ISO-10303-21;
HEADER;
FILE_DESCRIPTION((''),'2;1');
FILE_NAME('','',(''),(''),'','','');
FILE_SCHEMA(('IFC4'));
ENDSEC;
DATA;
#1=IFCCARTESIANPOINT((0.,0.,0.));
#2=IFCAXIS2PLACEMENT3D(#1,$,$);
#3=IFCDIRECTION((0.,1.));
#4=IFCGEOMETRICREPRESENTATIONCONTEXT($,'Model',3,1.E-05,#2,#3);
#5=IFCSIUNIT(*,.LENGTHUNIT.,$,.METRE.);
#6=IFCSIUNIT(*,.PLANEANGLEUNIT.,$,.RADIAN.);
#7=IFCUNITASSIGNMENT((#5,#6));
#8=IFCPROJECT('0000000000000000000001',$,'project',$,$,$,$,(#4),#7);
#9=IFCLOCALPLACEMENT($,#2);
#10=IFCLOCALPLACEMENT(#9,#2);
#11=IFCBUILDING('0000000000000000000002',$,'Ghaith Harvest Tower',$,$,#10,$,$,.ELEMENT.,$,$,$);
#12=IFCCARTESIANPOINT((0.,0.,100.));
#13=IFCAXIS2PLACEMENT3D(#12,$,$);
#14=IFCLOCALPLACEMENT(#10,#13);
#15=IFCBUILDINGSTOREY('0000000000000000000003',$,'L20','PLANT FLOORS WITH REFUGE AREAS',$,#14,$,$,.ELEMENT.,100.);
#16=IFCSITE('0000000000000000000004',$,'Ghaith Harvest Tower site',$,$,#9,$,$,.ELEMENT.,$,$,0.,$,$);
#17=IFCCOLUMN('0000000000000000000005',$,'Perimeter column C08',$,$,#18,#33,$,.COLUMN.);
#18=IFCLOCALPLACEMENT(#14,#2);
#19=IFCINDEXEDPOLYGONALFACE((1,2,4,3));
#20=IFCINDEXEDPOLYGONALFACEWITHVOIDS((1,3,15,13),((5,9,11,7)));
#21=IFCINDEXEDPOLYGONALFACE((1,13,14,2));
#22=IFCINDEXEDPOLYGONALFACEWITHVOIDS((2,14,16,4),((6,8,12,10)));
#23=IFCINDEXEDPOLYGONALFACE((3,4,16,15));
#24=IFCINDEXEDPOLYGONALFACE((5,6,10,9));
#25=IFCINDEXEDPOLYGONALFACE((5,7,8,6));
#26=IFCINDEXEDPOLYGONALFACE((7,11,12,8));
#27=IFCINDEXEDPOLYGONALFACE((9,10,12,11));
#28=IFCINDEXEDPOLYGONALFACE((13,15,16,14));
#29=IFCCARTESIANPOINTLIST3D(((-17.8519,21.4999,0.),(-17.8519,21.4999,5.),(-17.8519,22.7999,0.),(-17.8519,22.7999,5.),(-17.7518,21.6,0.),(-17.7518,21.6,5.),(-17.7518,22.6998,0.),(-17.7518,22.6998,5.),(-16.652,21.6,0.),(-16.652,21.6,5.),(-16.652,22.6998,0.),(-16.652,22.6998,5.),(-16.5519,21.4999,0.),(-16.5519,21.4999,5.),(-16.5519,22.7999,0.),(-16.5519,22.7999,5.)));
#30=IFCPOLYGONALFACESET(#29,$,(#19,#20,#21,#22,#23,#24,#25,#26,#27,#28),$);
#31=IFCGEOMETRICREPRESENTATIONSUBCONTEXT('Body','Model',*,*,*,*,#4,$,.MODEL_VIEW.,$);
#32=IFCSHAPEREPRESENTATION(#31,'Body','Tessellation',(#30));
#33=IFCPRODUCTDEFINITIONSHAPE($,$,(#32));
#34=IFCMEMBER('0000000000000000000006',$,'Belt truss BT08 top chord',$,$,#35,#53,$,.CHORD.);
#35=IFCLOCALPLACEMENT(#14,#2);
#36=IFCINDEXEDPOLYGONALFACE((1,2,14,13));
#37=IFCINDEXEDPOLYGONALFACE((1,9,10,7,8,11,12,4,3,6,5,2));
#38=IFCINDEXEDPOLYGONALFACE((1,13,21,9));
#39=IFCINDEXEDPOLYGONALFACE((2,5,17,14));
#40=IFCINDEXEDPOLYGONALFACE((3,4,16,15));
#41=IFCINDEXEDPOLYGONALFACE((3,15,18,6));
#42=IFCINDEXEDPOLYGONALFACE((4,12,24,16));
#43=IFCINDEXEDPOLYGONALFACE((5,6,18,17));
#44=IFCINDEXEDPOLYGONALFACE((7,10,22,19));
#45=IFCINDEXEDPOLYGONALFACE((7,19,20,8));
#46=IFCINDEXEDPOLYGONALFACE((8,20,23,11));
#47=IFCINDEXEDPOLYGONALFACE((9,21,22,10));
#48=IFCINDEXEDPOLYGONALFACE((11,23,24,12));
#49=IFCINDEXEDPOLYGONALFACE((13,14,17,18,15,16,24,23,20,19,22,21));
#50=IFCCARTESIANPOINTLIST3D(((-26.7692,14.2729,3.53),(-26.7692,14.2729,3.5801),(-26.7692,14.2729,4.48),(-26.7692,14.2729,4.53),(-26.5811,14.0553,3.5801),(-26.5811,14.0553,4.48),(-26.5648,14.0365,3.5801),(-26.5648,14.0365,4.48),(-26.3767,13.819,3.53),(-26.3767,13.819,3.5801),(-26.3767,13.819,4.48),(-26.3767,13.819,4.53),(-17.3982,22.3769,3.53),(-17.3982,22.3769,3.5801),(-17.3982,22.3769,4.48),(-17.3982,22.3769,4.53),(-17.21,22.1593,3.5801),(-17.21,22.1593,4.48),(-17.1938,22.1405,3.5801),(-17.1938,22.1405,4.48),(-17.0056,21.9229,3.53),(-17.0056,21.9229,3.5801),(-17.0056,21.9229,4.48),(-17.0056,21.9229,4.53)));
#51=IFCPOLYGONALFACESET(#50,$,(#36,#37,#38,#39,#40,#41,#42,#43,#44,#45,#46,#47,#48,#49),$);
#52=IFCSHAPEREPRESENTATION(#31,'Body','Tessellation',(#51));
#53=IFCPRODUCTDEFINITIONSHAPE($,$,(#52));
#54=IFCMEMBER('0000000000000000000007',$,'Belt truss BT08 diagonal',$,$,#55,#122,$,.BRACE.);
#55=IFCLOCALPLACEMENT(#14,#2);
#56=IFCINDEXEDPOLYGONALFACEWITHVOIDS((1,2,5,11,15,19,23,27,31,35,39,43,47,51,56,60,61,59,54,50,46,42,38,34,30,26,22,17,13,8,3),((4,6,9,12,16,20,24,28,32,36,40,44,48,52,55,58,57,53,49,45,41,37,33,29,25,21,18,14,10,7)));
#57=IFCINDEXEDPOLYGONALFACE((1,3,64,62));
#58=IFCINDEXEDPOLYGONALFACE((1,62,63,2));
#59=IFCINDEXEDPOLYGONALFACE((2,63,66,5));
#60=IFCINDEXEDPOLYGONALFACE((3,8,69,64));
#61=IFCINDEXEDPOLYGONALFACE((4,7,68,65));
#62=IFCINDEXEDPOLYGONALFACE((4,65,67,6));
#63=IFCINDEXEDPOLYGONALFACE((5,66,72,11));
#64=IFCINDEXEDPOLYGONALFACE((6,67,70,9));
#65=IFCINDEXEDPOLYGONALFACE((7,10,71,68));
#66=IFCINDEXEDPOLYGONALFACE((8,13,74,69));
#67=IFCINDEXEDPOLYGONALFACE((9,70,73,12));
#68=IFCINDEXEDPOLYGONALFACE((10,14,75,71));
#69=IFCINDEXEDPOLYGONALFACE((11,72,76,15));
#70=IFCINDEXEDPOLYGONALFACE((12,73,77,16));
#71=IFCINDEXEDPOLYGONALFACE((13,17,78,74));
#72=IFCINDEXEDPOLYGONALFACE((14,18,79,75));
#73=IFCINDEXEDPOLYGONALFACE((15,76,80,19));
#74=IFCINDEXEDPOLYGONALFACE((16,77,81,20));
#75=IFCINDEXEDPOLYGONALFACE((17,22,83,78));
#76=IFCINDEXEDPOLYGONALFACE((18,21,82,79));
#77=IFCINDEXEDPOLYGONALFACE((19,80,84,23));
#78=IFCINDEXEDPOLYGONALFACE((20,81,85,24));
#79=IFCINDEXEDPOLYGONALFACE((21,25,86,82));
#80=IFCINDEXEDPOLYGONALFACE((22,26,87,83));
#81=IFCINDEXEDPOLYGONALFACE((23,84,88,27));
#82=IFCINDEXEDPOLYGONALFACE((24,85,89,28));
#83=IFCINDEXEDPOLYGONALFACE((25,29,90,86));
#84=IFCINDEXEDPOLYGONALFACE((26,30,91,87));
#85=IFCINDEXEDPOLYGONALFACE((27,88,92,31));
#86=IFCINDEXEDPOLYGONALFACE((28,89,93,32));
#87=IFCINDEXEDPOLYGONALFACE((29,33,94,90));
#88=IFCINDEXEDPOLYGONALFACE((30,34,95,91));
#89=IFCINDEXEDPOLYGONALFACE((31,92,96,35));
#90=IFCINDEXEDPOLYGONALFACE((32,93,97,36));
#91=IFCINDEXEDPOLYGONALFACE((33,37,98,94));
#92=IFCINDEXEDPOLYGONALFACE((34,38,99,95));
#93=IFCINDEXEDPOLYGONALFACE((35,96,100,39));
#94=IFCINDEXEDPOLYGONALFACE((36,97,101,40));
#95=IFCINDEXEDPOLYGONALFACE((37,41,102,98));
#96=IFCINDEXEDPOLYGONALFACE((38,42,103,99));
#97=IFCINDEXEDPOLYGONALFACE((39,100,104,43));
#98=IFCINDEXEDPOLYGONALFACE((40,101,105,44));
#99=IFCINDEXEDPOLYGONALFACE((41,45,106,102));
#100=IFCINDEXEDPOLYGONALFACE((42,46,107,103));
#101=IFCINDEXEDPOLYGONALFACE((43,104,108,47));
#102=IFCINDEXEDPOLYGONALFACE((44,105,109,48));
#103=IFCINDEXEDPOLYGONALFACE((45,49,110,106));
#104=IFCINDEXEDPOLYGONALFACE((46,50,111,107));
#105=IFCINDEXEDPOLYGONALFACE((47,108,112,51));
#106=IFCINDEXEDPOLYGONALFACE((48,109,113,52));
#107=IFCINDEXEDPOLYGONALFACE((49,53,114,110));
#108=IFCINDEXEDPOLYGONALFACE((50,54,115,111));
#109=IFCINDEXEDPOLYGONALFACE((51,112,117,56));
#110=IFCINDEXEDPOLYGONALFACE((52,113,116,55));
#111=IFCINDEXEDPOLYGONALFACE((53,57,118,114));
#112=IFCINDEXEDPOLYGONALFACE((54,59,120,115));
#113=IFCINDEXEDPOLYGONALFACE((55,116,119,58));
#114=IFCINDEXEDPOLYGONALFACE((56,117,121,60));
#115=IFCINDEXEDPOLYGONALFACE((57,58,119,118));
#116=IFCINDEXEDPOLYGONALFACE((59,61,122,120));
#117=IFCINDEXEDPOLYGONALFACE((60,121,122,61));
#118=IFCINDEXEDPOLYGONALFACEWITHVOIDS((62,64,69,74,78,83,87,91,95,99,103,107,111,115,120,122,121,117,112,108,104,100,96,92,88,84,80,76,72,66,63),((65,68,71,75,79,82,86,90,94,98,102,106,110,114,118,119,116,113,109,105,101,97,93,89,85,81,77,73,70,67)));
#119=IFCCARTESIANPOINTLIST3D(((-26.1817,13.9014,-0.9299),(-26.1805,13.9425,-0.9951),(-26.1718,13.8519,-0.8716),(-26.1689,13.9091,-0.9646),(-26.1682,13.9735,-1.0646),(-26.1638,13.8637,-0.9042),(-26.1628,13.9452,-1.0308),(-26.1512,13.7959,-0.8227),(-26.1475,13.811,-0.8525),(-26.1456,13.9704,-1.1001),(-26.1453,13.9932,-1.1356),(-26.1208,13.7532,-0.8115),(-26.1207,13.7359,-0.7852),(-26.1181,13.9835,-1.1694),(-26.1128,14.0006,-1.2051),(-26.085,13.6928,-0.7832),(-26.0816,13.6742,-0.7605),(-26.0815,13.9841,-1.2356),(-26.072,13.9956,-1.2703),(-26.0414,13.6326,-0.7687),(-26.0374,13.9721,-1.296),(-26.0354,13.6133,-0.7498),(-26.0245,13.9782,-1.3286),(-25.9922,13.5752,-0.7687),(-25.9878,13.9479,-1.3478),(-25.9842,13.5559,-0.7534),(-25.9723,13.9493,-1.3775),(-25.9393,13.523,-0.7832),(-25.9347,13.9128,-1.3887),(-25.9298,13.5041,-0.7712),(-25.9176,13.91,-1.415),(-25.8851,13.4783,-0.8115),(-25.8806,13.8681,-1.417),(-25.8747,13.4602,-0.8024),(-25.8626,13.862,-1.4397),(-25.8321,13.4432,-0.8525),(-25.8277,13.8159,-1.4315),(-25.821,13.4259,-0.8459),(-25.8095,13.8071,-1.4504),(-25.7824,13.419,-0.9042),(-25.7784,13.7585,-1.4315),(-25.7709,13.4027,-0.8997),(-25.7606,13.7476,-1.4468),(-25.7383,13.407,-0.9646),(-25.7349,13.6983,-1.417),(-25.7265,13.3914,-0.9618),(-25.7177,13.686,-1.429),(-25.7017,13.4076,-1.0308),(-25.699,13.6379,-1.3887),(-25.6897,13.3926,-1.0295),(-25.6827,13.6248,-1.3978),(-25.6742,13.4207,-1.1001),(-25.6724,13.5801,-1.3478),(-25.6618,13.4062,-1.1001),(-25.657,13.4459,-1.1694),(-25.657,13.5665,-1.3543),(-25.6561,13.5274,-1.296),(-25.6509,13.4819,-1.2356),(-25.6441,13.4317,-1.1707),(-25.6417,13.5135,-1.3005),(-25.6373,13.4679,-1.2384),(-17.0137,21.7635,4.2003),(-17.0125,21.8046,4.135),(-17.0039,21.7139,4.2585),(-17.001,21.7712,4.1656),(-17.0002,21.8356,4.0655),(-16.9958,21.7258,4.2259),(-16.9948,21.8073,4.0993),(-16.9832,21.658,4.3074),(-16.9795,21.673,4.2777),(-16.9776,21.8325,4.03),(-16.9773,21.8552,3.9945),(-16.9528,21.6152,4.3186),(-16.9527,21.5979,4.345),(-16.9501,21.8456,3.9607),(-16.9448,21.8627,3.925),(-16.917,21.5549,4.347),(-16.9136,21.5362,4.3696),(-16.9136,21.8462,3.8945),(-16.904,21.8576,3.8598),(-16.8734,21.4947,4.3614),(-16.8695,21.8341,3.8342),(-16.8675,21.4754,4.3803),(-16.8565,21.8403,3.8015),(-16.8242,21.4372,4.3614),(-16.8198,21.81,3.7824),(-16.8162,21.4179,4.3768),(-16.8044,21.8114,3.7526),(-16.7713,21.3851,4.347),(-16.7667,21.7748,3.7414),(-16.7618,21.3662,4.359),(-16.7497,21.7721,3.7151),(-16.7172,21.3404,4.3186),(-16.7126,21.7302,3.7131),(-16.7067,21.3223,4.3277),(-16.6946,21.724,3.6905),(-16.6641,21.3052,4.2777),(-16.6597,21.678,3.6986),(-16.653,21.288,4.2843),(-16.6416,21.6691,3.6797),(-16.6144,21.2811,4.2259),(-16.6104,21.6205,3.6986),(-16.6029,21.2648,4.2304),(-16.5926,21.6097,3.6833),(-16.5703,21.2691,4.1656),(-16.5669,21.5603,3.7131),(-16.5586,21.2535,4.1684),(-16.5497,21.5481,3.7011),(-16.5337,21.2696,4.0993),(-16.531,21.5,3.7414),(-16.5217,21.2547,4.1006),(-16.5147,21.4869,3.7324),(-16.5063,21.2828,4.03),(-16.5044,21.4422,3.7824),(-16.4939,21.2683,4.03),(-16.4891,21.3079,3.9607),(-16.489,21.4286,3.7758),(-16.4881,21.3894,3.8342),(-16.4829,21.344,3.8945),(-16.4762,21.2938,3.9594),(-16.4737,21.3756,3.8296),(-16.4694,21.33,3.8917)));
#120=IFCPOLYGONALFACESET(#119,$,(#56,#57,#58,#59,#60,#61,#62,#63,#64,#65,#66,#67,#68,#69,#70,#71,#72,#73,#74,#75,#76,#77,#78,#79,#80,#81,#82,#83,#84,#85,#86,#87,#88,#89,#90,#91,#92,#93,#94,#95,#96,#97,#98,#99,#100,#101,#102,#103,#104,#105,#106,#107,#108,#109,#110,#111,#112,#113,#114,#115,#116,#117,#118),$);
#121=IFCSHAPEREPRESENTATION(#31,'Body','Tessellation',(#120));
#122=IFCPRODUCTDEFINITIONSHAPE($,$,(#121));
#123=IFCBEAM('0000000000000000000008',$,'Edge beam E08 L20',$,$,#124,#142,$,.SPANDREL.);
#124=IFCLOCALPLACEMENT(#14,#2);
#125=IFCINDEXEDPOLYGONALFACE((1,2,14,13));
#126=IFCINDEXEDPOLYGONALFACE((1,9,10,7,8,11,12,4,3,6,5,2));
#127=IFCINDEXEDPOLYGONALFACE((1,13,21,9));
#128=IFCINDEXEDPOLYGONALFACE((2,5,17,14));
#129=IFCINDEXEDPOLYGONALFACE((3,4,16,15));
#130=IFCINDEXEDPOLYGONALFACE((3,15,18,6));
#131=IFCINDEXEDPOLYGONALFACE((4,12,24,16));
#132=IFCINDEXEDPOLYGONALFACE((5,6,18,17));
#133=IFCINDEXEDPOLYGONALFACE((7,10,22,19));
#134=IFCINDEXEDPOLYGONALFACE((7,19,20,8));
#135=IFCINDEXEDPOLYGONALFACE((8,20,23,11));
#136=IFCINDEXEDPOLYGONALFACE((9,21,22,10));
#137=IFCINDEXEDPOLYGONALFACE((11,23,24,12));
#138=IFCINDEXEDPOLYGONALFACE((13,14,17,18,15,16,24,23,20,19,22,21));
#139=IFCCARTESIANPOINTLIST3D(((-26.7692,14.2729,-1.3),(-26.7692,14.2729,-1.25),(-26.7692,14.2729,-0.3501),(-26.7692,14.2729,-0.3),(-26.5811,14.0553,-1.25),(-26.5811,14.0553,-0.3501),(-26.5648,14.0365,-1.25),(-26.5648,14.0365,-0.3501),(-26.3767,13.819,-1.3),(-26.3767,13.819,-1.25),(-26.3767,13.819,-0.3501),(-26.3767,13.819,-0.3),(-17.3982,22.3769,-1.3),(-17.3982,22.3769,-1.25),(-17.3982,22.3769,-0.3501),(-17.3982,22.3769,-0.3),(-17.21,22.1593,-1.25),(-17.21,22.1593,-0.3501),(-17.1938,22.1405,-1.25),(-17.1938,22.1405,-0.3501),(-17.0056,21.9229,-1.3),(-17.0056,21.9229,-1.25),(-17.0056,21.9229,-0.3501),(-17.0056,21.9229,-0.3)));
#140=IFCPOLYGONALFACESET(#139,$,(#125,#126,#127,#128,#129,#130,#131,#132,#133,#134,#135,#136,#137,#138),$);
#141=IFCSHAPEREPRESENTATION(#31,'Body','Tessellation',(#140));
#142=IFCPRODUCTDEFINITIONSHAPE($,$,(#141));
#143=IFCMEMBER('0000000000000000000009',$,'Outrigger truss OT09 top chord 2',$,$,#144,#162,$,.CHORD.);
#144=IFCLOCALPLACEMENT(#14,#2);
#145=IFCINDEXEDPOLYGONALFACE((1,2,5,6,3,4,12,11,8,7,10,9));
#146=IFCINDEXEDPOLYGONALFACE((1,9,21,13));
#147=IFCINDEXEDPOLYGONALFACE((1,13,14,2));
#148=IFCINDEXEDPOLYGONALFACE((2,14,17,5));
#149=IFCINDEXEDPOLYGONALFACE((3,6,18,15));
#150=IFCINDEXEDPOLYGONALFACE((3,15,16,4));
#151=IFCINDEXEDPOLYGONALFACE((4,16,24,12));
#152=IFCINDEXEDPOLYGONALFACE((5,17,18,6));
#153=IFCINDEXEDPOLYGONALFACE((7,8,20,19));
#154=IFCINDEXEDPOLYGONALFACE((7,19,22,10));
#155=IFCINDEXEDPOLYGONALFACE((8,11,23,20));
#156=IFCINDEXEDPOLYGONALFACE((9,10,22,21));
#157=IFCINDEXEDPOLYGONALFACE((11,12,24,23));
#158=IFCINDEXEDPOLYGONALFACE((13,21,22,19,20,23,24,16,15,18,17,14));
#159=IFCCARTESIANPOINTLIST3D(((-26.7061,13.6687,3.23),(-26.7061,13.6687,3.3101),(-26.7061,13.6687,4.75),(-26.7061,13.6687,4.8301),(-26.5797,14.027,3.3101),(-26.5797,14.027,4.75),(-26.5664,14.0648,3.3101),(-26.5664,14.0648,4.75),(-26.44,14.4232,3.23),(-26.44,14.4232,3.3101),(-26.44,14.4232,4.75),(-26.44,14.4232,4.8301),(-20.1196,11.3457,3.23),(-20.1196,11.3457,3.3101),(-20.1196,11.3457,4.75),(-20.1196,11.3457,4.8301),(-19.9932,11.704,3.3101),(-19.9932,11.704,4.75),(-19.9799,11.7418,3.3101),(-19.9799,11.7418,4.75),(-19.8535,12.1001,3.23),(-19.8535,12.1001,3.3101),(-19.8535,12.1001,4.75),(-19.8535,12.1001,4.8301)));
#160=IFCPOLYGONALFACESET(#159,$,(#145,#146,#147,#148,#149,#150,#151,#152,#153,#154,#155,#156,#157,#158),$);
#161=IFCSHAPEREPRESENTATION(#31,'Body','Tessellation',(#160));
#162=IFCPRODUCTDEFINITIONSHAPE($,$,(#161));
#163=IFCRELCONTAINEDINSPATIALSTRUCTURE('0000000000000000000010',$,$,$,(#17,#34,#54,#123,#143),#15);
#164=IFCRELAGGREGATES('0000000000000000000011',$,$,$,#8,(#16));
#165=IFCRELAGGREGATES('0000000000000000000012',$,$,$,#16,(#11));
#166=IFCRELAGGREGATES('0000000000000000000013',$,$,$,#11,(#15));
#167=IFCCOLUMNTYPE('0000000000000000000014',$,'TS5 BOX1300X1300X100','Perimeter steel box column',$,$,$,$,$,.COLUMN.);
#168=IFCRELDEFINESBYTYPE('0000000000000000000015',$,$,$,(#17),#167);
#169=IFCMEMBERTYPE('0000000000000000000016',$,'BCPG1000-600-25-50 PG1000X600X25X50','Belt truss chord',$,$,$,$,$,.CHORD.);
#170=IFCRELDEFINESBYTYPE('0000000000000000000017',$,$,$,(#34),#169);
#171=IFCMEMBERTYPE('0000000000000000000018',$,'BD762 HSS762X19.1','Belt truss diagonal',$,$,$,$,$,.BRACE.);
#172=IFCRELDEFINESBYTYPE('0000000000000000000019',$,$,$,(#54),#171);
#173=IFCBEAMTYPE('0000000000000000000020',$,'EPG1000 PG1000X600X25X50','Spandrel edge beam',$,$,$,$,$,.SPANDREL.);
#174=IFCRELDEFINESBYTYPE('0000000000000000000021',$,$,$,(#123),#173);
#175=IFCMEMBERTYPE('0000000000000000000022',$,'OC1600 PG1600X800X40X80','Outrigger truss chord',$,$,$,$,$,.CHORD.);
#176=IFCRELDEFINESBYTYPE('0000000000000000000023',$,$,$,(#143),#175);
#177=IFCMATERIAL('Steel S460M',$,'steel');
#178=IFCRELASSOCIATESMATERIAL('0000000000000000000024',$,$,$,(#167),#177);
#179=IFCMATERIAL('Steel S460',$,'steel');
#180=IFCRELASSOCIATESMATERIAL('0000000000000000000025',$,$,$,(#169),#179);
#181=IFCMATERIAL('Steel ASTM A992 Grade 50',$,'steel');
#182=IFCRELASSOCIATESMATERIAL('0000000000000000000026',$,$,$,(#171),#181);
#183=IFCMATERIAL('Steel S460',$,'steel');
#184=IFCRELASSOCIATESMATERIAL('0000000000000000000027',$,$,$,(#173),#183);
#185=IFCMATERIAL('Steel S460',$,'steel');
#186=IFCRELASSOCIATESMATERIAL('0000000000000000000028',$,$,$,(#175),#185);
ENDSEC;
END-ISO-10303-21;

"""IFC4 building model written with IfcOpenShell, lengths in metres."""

from ifc_helpers import new_model, si_unit, direction, frame, origin, origin_2d, place, context, subcontext, project, spatial, hollow_rectangle, hollow_circle, i_section, extrude, material, material_profile, profile_set, type_object, element, save


model = new_model("IFC4")

# Units and contexts
model_context = context("Model", 3, precision=1e-05, world=origin(), true_north=direction((0.0, 1.0)))
body_context = subcontext(model_context, "Body", "Model", "MODEL_VIEW")
ifc_project = project(units=[si_unit("LENGTHUNIT", "METRE"), si_unit("PLANEANGLEUNIT", "RADIAN")], contexts=[model_context])

# Site, building, storey
site_placement = place(None, origin())
site = spatial("IfcSite", under=ifc_project, at=site_placement, Name="Ghaith Harvest Tower site", CompositionType="ELEMENT", RefElevation=0.0)
building_placement = place(site_placement, origin())
building = spatial("IfcBuilding", under=site, at=building_placement, Name="Ghaith Harvest Tower", CompositionType="ELEMENT")
storey_placement = place(building_placement, frame((0.0, 0.0, 100.0)))
storey = spatial("IfcBuildingStorey", under=building, at=storey_placement, Name="L20", Description="PLANT FLOORS WITH REFUGE AREAS", CompositionType="ELEMENT", Elevation=100.0)

# Column
ifc_material_1 = material(Name="Steel S460M", Category="steel")
ifc_material_profile_1 = material_profile(ifc_material_1, hollow_rectangle(XDim=1.3, YDim=1.3, WallThickness=0.1001, at=origin_2d()), Name="BOX1300X1300X100")
ifc_profile_set_1 = profile_set([ifc_material_profile_1], Name="Steel S460M")
column_type = type_object("IfcColumnType", Name="TS5 BOX1300X1300X100", Description="Perimeter steel box column", PredefinedType="COLUMN", material=ifc_profile_set_1)
column_placement = place(storey_placement, frame((-17.2019, 22.1499, 0.0), z_axis=(0.0, 0.0, 1.0), x_axis=(1.0, 0.0, 0.0)))
element("IfcColumn", 1, at=column_placement, inside=storey, type_object=column_type, Name="Perimeter column C08", PredefinedType="COLUMN", context=body_context, shape_type="SweptSolid", body=[
    extrude(hollow_rectangle(XDim=1.3, YDim=1.3, WallThickness=0.1001, at=origin_2d()), origin(), (0.0, 0.0, 1.0), 5.0),
])

# Members
ifc_material_2 = material(Name="Steel S460", Category="steel")
ifc_material_profile_2 = material_profile(ifc_material_2, i_section(OverallWidth=0.6001, OverallDepth=1.0, WebThickness=0.0249, FlangeThickness=0.05, at=origin_2d()), Name="PG1000X600X25X50")
ifc_profile_set_2 = profile_set([ifc_material_profile_2], Name="Steel S460")
member_type_1 = type_object("IfcMemberType", Name="BCPG1000-600-25-50 PG1000X600X25X50", Description="Belt truss chord", PredefinedType="CHORD", material=ifc_profile_set_2)
member_1_placement = place(storey_placement, frame((-17.2019, 22.1499, 4.03), z_axis=(-0.756392, -0.654118, 0.0), x_axis=(0.654118, -0.756392, 0.0)))
element("IfcMember", 2, at=member_1_placement, inside=storey, type_object=member_type_1, Name="Belt truss BT08 top chord", PredefinedType="CHORD", context=body_context, shape_type="SweptSolid", body=[
    extrude(i_section(OverallWidth=0.6001, OverallDepth=1.0, WebThickness=0.0249, FlangeThickness=0.05, at=origin_2d()), origin(), (0.0, 0.0, 1.0), 12.3892),
])
ifc_material_3 = material(Name="Steel ASTM A992 Grade 50", Category="steel")
ifc_material_profile_3 = material_profile(ifc_material_3, hollow_circle(Radius=0.3811, WallThickness=0.019, at=origin_2d()), Name="HSS762X19.1")
ifc_profile_set_3 = profile_set([ifc_material_profile_3], Name="Steel ASTM A992 Grade 50")
member_type_2 = type_object("IfcMemberType", Name="BD762 HSS762X19.1", Description="Belt truss diagonal", PredefinedType="BRACE", material=ifc_profile_set_3)
member_2_placement = place(storey_placement, frame((-16.7419, 21.5576, 4.03), z_axis=(-0.698682, -0.59916, -0.390962), x_axis=(0.650973, -0.759101, 0.0)))
element("IfcMember", 3, at=member_2_placement, inside=storey, type_object=member_type_2, Name="Belt truss BT08 diagonal", PredefinedType="BRACE", context=body_context, shape_type="SweptSolid", body=[
    extrude(hollow_circle(Radius=0.3811, WallThickness=0.019, at=origin_2d()), origin(), (0.0, 0.0, 1.0), 13.1218),
])

# Beam
ifc_material_4 = material(Name="Steel S460", Category="steel")
ifc_material_profile_4 = material_profile(ifc_material_4, i_section(OverallWidth=0.6001, OverallDepth=1.0, WebThickness=0.0249, FlangeThickness=0.05, at=origin_2d()), Name="PG1000X600X25X50")
ifc_profile_set_4 = profile_set([ifc_material_profile_4], Name="Steel S460")
beam_type = type_object("IfcBeamType", Name="EPG1000 PG1000X600X25X50", Description="Spandrel edge beam", PredefinedType="SPANDREL", material=ifc_profile_set_4)
beam_placement = place(storey_placement, frame((-17.2019, 22.1499, -0.8), z_axis=(-0.756392, -0.654118, 0.0), x_axis=(0.654118, -0.756392, 0.0)))
element("IfcBeam", 4, at=beam_placement, inside=storey, type_object=beam_type, Name="Edge beam E08 L20", PredefinedType="SPANDREL", context=body_context, shape_type="SweptSolid", body=[
    extrude(i_section(OverallWidth=0.6001, OverallDepth=1.0, WebThickness=0.0249, FlangeThickness=0.05, at=origin_2d()), origin(), (0.0, 0.0, 1.0), 12.3892),
])

# Member
ifc_material_5 = material(Name="Steel S460", Category="steel")
ifc_material_profile_5 = material_profile(ifc_material_5, i_section(OverallWidth=0.8, OverallDepth=1.6001, WebThickness=0.04, FlangeThickness=0.0801, at=origin_2d()), Name="PG1600X800X40X80")
ifc_profile_set_5 = profile_set([ifc_material_profile_5], Name="Steel S460")
member_type_3 = type_object("IfcMemberType", Name="OC1600 PG1600X800X40X80", Description="Outrigger truss chord", PredefinedType="CHORD", material=ifc_profile_set_5)
member_3_placement = place(storey_placement, frame((-19.9866, 11.7229, 4.03), z_axis=(-0.943063, 0.332613, 0.0), x_axis=(-0.332613, -0.943063, 0.0)))
element("IfcMember", 5, at=member_3_placement, inside=storey, type_object=member_type_3, Name="Outrigger truss OT09 top chord 2", PredefinedType="CHORD", context=body_context, shape_type="SweptSolid", body=[
    extrude(i_section(OverallWidth=0.8, OverallDepth=1.6001, WebThickness=0.04, FlangeThickness=0.0801, at=origin_2d()), origin(), (0.0, 0.0, 1.0), 6.9841),
])

save(model, "model.ifc")
